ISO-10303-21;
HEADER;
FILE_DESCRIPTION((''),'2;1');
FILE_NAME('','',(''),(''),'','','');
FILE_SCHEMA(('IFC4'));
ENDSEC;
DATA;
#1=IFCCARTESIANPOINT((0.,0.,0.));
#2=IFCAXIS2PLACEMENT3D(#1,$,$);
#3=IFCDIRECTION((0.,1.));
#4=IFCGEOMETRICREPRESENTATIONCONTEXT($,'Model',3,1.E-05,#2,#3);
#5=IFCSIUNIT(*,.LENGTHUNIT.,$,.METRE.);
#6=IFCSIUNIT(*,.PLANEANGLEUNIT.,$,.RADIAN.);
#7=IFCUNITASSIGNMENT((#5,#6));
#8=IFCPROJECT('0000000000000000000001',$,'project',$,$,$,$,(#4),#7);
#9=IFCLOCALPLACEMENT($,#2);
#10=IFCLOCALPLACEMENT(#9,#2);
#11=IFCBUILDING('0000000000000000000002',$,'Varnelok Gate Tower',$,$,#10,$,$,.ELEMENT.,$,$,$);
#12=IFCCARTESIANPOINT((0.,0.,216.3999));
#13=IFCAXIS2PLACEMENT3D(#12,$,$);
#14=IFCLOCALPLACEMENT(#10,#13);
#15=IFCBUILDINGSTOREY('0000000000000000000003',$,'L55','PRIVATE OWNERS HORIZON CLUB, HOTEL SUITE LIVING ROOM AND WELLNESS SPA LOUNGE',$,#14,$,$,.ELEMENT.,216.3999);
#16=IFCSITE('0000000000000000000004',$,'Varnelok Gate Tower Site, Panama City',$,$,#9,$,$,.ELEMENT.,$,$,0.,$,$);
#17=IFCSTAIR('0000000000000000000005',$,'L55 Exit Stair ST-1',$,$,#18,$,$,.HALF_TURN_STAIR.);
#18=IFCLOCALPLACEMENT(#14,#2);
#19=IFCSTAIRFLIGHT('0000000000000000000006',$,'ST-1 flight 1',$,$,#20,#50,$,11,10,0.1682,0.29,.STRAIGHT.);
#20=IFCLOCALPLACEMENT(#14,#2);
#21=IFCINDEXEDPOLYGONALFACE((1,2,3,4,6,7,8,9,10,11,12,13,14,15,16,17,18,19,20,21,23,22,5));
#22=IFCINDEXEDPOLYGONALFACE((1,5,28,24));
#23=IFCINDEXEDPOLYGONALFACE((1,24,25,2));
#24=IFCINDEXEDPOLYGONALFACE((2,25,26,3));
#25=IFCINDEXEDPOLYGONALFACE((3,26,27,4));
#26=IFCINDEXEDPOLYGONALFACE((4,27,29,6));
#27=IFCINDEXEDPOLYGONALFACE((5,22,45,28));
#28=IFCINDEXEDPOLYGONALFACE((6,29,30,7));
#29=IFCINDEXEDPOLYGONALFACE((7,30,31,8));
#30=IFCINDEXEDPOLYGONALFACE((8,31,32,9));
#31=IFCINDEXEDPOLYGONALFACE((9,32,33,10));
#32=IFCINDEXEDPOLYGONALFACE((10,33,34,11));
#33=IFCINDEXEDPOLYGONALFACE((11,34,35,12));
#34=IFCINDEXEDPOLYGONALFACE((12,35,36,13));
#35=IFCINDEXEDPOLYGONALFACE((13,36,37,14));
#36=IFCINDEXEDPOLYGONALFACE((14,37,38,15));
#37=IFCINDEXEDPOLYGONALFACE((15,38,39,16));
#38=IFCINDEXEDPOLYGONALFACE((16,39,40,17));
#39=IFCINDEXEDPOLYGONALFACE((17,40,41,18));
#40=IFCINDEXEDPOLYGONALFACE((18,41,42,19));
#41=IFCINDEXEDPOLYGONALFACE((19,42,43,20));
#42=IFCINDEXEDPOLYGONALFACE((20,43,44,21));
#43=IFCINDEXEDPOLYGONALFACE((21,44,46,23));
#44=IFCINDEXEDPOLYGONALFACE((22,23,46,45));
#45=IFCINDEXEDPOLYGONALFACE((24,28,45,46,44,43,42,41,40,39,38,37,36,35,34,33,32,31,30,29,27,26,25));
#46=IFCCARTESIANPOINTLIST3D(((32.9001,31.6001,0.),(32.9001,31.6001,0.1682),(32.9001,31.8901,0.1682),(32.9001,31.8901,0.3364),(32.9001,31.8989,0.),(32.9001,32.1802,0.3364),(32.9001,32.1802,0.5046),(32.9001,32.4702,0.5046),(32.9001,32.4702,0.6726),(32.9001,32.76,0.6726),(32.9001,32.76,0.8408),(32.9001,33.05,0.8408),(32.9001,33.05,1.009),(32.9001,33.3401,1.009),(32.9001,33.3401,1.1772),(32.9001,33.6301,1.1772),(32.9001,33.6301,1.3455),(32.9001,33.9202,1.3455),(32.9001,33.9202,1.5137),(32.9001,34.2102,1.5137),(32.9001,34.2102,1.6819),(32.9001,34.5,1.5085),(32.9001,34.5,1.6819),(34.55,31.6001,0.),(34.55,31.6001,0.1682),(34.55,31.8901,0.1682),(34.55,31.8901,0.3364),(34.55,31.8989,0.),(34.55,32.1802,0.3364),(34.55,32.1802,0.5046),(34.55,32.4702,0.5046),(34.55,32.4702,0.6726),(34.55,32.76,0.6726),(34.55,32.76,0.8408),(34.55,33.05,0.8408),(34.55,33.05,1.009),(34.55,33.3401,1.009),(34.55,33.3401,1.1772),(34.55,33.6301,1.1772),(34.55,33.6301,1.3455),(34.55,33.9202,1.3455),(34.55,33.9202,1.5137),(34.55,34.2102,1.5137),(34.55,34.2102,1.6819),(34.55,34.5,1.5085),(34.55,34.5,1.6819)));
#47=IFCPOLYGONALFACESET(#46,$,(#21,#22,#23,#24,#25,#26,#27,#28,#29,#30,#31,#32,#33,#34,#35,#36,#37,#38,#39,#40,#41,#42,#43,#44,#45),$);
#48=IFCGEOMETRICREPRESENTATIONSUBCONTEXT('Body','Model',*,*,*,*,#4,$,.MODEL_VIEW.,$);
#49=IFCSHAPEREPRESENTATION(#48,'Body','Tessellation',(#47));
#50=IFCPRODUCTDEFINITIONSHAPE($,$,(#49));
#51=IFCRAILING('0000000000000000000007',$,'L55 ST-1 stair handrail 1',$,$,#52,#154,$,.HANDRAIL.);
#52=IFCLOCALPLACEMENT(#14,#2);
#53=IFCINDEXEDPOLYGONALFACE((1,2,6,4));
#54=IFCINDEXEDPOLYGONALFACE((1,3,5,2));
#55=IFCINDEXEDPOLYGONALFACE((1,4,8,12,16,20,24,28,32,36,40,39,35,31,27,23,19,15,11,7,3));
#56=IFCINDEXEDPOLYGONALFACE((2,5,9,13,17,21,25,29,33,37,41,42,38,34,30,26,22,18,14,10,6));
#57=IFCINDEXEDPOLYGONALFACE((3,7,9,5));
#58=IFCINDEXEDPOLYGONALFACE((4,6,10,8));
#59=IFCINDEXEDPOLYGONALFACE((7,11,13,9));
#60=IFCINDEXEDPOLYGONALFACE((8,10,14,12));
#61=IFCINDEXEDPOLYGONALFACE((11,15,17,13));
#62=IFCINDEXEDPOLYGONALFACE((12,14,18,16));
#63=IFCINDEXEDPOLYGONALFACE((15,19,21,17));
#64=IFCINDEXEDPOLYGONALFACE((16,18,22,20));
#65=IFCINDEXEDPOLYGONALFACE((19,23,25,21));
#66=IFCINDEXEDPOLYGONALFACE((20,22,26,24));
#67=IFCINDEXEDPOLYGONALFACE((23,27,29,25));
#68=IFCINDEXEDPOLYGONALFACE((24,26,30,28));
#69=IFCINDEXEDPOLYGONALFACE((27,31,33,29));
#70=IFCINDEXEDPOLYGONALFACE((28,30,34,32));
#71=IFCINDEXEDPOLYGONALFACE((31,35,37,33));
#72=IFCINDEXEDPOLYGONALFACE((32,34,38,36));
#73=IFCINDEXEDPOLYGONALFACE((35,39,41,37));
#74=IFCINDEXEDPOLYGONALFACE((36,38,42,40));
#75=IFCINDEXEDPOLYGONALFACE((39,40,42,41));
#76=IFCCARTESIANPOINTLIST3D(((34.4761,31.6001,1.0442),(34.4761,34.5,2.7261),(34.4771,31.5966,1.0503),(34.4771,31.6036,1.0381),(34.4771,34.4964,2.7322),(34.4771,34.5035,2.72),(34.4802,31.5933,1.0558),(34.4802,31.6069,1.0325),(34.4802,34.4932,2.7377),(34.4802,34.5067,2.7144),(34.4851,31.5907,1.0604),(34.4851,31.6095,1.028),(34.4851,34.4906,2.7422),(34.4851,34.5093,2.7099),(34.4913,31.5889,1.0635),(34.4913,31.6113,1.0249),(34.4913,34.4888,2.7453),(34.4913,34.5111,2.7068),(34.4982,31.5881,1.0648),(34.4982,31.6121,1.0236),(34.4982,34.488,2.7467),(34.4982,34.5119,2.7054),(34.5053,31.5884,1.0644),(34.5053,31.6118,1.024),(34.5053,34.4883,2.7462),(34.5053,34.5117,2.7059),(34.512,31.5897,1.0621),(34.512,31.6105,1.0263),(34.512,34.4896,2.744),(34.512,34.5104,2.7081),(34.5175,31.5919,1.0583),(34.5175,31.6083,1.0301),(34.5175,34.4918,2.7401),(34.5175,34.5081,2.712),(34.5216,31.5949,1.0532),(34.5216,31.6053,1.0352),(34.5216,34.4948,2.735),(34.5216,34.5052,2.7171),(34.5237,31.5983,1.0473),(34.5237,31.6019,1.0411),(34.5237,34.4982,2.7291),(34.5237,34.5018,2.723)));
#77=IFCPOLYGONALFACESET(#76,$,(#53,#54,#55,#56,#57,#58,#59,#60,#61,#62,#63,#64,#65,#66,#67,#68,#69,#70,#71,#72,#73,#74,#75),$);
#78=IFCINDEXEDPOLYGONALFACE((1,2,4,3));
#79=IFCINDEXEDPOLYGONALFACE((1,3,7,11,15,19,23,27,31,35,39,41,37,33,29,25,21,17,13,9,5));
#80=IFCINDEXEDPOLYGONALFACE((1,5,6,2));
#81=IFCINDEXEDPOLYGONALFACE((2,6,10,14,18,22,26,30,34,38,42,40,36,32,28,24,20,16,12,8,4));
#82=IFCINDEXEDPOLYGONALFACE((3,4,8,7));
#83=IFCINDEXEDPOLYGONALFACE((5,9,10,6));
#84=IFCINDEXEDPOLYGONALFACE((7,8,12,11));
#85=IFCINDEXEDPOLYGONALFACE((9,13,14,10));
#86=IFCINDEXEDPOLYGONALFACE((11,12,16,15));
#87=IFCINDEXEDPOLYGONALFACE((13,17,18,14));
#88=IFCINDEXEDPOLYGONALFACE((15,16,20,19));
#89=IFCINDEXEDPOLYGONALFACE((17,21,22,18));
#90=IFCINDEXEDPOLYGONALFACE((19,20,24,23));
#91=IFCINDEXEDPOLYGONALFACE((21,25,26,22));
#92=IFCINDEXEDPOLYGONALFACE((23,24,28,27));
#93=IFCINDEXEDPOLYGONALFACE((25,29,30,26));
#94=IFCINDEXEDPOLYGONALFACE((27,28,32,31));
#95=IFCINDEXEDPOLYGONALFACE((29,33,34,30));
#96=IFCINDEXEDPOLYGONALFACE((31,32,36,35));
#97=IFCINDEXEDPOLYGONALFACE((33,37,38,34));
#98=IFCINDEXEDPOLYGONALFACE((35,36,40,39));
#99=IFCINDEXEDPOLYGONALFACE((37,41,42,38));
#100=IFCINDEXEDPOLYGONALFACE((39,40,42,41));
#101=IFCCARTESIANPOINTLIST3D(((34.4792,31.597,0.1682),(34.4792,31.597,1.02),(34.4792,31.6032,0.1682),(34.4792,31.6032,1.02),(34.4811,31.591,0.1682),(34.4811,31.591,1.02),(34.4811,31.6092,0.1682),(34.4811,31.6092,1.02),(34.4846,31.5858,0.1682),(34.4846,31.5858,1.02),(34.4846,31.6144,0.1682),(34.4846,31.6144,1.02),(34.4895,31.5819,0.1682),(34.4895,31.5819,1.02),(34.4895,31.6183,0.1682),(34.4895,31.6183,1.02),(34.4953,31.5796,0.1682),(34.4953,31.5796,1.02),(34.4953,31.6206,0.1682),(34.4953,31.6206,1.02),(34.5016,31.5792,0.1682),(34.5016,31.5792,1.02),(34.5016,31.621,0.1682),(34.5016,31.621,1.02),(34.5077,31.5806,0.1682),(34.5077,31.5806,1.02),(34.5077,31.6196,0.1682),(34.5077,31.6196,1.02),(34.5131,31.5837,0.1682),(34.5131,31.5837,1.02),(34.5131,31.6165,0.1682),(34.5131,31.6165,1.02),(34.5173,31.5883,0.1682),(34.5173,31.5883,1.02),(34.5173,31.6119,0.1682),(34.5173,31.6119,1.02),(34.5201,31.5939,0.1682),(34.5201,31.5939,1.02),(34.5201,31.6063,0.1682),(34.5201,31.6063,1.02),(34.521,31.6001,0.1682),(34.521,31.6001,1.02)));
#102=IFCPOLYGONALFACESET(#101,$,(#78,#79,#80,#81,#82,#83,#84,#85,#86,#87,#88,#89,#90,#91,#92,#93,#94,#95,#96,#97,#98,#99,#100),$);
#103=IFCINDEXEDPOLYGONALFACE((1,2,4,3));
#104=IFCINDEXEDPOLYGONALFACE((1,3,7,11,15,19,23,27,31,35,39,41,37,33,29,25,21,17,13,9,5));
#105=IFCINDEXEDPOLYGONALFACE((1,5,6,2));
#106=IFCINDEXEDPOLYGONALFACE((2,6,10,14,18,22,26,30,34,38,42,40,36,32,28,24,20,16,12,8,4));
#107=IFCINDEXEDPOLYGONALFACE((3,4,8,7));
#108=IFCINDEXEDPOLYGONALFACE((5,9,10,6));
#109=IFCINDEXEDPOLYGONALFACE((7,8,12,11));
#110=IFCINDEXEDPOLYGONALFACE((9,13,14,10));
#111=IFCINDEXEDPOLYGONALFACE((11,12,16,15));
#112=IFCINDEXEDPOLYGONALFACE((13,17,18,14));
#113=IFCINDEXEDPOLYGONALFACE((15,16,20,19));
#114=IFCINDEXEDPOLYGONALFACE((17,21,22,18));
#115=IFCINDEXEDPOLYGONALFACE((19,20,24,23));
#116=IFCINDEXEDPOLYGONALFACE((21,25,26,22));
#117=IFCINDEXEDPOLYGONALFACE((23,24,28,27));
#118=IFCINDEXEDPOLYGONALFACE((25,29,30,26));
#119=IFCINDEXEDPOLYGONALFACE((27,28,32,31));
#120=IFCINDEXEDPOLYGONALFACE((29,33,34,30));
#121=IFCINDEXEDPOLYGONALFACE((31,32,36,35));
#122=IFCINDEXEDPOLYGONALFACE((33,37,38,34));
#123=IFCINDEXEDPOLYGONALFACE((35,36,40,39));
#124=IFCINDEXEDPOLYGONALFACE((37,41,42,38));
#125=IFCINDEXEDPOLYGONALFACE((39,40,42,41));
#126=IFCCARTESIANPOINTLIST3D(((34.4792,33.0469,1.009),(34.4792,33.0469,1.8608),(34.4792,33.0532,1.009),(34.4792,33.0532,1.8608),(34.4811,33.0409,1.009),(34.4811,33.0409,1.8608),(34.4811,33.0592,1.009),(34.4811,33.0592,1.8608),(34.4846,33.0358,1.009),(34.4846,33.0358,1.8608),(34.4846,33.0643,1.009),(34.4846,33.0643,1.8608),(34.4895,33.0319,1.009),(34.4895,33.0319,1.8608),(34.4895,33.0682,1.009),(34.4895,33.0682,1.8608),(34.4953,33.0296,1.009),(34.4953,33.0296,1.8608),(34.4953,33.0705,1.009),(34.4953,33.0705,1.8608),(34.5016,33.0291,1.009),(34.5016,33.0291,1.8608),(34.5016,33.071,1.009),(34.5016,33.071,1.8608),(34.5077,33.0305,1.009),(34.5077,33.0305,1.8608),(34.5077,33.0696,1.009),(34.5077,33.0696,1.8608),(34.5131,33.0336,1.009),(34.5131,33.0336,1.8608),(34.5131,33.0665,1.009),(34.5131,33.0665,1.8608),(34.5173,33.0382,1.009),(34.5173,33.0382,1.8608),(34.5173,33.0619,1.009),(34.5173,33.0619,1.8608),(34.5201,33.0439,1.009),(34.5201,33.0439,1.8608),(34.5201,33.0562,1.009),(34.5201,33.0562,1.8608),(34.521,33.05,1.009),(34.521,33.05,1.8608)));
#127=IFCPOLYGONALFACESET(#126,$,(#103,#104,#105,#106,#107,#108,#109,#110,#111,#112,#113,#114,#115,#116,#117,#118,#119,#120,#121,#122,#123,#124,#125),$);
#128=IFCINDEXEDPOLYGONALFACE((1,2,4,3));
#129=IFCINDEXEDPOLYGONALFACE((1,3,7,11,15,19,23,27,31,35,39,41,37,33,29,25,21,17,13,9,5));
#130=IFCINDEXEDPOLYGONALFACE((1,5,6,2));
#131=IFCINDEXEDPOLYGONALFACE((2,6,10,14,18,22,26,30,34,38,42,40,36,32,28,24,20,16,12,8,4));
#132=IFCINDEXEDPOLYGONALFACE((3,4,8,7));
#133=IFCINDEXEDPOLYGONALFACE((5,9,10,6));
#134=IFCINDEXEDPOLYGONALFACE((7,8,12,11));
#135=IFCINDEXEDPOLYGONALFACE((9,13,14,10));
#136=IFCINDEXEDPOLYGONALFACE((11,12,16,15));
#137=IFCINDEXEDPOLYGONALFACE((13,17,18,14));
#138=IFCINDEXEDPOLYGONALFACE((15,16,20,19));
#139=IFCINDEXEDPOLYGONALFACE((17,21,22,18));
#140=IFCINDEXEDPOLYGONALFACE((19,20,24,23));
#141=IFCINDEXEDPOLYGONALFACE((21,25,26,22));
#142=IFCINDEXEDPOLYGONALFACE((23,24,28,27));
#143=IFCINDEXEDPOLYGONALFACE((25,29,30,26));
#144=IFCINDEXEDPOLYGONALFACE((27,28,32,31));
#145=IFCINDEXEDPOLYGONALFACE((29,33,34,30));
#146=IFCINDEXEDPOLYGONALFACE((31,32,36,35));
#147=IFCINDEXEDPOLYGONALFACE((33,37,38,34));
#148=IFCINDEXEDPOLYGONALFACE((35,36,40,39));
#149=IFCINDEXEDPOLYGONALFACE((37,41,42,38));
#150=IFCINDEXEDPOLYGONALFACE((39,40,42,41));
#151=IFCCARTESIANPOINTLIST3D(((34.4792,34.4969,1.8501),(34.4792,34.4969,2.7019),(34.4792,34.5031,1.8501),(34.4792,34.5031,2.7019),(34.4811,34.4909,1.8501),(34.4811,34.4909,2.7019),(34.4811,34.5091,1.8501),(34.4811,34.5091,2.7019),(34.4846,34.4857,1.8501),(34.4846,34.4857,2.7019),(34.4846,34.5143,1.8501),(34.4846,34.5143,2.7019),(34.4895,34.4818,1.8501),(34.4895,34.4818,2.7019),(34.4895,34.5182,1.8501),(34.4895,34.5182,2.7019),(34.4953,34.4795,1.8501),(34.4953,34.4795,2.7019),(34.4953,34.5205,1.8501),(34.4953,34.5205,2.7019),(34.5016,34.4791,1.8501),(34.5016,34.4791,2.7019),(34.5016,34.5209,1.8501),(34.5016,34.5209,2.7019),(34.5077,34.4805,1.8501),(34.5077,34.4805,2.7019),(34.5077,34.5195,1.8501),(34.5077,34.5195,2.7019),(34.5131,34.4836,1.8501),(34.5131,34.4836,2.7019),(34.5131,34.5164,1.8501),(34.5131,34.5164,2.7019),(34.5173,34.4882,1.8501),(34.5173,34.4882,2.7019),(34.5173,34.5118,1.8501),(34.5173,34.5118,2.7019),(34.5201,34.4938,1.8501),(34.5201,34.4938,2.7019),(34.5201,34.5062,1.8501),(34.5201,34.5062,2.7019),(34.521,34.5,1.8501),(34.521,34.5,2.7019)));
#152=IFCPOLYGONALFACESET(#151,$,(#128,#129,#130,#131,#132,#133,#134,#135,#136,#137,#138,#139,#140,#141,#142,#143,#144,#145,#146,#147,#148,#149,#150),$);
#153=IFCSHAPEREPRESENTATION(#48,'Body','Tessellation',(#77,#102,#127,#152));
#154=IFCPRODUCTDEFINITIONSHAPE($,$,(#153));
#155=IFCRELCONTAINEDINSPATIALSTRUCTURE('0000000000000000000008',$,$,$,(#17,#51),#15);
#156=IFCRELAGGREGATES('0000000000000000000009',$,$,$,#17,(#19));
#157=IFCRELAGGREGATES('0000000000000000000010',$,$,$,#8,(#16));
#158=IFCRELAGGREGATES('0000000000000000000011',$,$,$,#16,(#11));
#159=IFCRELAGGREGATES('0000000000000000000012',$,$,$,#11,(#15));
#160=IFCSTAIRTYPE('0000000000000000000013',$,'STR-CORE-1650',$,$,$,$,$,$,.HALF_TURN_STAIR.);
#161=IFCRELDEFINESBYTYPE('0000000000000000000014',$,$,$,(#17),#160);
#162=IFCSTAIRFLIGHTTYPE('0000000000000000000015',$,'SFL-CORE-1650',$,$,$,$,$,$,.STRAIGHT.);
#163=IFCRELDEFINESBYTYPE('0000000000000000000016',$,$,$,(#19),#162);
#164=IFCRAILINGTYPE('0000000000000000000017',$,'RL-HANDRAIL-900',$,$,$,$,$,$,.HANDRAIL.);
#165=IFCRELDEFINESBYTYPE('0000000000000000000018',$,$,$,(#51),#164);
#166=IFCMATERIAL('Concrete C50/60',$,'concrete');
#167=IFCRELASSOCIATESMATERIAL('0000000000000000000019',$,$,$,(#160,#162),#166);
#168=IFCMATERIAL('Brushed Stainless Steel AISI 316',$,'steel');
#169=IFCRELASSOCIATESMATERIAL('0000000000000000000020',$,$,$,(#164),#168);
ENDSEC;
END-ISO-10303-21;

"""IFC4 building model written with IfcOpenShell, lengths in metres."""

from ifc_helpers import new_model, si_unit, direction, frame, origin, origin_2d, place, context, subcontext, project, spatial, polyline, circle, outline, extrude, material, type_object, element, aggregate, save


model = new_model("IFC4")

# Units and contexts
model_context = context("Model", 3, precision=1e-05, world=origin(), true_north=direction((0.0, 1.0)))
body_context = subcontext(model_context, "Body", "Model", "MODEL_VIEW")
ifc_project = project(units=[si_unit("LENGTHUNIT", "METRE"), si_unit("PLANEANGLEUNIT", "RADIAN")], contexts=[model_context])

# Site, building, storey
site_placement = place(None, origin())
site = spatial("IfcSite", under=ifc_project, at=site_placement, Name="Varnelok Gate Tower Site, Panama City", CompositionType="ELEMENT", RefElevation=0.0)
building_placement = place(site_placement, origin())
building = spatial("IfcBuilding", under=site, at=building_placement, Name="Varnelok Gate Tower", CompositionType="ELEMENT")
storey_placement = place(building_placement, frame((0.0, 0.0, 216.3999)))
storey = spatial("IfcBuildingStorey", under=building, at=storey_placement, Name="L55", Description="PRIVATE OWNERS HORIZON CLUB, HOTEL SUITE LIVING ROOM AND WELLNESS SPA LOUNGE", CompositionType="ELEMENT", Elevation=216.3999)

# Stair, stair flight
ifc_material_1 = material(Name="Concrete C50/60", Category="concrete")
stair_type = type_object("IfcStairType", Name="STR-CORE-1650", PredefinedType="HALF_TURN_STAIR", material=ifc_material_1)
stair_placement = place(storey_placement, origin())
stair = element("IfcStair", 1, at=stair_placement, inside=storey, type_object=stair_type, Name="L55 Exit Stair ST-1", PredefinedType="HALF_TURN_STAIR")
stair_flight_type = type_object("IfcStairFlightType", Name="SFL-CORE-1650", PredefinedType="STRAIGHT", material=ifc_material_1)
stair_flight_placement = place(storey_placement, frame((33.7251, 31.6001, 0.0), z_axis=(0.0, 0.0, 1.0), x_axis=(0.0, 1.0, 0.0)))
stair_flight = element("IfcStairFlight", 2, at=stair_flight_placement, type_object=stair_flight_type, Name="ST-1 flight 1", NumberOfRisers=11, NumberOfTreads=10, PredefinedType="STRAIGHT", RiserHeight=0.1682, TreadLength=0.29, context=body_context, shape_type="SweptSolid", body=[
    extrude(outline(polyline([(0.0, 0.0), (0.0, 0.1682), (0.29, 0.1682), (0.29, 0.3364), (0.5801, 0.3364), (0.5801, 0.5046), (0.8701, 0.5046), (0.8701, 0.6726), (1.1599, 0.6726), (1.1599, 0.8408), (1.45, 0.8408), (1.45, 1.009), (1.74, 1.009), (1.74, 1.1772), (2.03, 1.1772), (2.03, 1.3455), (2.3201, 1.3455), (2.3201, 1.5137), (2.6101, 1.5137), (2.6101, 1.6819), (2.8999, 1.6819), (2.8999, 1.8501), (2.8999, 1.5085), (0.2988, 0.0), (0.0, 0.0)])), frame((0.0, 0.825, 0.0), z_axis=(0.0, -1.0, 0.0), x_axis=(1.0, 0.0, 0.0)), (0.0, 0.0, 1.0), 1.6499),
])
aggregate(stair, [stair_flight])

# Railing
ifc_material_2 = material(Name="Brushed Stainless Steel AISI 316", Category="steel")
railing_type_1 = type_object("IfcRailingType", Name="RL-HANDRAIL-900", PredefinedType="HANDRAIL", material=ifc_material_2)
railing_1_placement = place(storey_placement, frame((34.5, 31.6001, 0.1682)))
element("IfcRailing", 3, at=railing_1_placement, inside=storey, type_object=railing_type_1, Name="L55 ST-1 stair handrail 1", PredefinedType="HANDRAIL", context=body_context, shape_type="SweptSolid", body=[
    extrude(circle(Radius=0.0239, at=origin_2d()), frame((0.0, 0.0, 0.876), z_axis=(0.0, 0.865039, 0.501705), x_axis=(-1.0, 0.0, 0.0)), (0.0, 0.0, 1.0), 3.3523),
    extrude(circle(Radius=0.021, at=origin_2d()), origin(), (0.0, 0.0, 1.0), 0.8518),
    extrude(circle(Radius=0.021, at=origin_2d()), frame((0.0, 1.45, 0.8408)), (0.0, 0.0, 1.0), 0.8518),
    extrude(circle(Radius=0.021, at=origin_2d()), frame((0.0, 2.8999, 1.6819)), (0.0, 0.0, 1.0), 0.8518),
])

save(model, "model.ifc")
